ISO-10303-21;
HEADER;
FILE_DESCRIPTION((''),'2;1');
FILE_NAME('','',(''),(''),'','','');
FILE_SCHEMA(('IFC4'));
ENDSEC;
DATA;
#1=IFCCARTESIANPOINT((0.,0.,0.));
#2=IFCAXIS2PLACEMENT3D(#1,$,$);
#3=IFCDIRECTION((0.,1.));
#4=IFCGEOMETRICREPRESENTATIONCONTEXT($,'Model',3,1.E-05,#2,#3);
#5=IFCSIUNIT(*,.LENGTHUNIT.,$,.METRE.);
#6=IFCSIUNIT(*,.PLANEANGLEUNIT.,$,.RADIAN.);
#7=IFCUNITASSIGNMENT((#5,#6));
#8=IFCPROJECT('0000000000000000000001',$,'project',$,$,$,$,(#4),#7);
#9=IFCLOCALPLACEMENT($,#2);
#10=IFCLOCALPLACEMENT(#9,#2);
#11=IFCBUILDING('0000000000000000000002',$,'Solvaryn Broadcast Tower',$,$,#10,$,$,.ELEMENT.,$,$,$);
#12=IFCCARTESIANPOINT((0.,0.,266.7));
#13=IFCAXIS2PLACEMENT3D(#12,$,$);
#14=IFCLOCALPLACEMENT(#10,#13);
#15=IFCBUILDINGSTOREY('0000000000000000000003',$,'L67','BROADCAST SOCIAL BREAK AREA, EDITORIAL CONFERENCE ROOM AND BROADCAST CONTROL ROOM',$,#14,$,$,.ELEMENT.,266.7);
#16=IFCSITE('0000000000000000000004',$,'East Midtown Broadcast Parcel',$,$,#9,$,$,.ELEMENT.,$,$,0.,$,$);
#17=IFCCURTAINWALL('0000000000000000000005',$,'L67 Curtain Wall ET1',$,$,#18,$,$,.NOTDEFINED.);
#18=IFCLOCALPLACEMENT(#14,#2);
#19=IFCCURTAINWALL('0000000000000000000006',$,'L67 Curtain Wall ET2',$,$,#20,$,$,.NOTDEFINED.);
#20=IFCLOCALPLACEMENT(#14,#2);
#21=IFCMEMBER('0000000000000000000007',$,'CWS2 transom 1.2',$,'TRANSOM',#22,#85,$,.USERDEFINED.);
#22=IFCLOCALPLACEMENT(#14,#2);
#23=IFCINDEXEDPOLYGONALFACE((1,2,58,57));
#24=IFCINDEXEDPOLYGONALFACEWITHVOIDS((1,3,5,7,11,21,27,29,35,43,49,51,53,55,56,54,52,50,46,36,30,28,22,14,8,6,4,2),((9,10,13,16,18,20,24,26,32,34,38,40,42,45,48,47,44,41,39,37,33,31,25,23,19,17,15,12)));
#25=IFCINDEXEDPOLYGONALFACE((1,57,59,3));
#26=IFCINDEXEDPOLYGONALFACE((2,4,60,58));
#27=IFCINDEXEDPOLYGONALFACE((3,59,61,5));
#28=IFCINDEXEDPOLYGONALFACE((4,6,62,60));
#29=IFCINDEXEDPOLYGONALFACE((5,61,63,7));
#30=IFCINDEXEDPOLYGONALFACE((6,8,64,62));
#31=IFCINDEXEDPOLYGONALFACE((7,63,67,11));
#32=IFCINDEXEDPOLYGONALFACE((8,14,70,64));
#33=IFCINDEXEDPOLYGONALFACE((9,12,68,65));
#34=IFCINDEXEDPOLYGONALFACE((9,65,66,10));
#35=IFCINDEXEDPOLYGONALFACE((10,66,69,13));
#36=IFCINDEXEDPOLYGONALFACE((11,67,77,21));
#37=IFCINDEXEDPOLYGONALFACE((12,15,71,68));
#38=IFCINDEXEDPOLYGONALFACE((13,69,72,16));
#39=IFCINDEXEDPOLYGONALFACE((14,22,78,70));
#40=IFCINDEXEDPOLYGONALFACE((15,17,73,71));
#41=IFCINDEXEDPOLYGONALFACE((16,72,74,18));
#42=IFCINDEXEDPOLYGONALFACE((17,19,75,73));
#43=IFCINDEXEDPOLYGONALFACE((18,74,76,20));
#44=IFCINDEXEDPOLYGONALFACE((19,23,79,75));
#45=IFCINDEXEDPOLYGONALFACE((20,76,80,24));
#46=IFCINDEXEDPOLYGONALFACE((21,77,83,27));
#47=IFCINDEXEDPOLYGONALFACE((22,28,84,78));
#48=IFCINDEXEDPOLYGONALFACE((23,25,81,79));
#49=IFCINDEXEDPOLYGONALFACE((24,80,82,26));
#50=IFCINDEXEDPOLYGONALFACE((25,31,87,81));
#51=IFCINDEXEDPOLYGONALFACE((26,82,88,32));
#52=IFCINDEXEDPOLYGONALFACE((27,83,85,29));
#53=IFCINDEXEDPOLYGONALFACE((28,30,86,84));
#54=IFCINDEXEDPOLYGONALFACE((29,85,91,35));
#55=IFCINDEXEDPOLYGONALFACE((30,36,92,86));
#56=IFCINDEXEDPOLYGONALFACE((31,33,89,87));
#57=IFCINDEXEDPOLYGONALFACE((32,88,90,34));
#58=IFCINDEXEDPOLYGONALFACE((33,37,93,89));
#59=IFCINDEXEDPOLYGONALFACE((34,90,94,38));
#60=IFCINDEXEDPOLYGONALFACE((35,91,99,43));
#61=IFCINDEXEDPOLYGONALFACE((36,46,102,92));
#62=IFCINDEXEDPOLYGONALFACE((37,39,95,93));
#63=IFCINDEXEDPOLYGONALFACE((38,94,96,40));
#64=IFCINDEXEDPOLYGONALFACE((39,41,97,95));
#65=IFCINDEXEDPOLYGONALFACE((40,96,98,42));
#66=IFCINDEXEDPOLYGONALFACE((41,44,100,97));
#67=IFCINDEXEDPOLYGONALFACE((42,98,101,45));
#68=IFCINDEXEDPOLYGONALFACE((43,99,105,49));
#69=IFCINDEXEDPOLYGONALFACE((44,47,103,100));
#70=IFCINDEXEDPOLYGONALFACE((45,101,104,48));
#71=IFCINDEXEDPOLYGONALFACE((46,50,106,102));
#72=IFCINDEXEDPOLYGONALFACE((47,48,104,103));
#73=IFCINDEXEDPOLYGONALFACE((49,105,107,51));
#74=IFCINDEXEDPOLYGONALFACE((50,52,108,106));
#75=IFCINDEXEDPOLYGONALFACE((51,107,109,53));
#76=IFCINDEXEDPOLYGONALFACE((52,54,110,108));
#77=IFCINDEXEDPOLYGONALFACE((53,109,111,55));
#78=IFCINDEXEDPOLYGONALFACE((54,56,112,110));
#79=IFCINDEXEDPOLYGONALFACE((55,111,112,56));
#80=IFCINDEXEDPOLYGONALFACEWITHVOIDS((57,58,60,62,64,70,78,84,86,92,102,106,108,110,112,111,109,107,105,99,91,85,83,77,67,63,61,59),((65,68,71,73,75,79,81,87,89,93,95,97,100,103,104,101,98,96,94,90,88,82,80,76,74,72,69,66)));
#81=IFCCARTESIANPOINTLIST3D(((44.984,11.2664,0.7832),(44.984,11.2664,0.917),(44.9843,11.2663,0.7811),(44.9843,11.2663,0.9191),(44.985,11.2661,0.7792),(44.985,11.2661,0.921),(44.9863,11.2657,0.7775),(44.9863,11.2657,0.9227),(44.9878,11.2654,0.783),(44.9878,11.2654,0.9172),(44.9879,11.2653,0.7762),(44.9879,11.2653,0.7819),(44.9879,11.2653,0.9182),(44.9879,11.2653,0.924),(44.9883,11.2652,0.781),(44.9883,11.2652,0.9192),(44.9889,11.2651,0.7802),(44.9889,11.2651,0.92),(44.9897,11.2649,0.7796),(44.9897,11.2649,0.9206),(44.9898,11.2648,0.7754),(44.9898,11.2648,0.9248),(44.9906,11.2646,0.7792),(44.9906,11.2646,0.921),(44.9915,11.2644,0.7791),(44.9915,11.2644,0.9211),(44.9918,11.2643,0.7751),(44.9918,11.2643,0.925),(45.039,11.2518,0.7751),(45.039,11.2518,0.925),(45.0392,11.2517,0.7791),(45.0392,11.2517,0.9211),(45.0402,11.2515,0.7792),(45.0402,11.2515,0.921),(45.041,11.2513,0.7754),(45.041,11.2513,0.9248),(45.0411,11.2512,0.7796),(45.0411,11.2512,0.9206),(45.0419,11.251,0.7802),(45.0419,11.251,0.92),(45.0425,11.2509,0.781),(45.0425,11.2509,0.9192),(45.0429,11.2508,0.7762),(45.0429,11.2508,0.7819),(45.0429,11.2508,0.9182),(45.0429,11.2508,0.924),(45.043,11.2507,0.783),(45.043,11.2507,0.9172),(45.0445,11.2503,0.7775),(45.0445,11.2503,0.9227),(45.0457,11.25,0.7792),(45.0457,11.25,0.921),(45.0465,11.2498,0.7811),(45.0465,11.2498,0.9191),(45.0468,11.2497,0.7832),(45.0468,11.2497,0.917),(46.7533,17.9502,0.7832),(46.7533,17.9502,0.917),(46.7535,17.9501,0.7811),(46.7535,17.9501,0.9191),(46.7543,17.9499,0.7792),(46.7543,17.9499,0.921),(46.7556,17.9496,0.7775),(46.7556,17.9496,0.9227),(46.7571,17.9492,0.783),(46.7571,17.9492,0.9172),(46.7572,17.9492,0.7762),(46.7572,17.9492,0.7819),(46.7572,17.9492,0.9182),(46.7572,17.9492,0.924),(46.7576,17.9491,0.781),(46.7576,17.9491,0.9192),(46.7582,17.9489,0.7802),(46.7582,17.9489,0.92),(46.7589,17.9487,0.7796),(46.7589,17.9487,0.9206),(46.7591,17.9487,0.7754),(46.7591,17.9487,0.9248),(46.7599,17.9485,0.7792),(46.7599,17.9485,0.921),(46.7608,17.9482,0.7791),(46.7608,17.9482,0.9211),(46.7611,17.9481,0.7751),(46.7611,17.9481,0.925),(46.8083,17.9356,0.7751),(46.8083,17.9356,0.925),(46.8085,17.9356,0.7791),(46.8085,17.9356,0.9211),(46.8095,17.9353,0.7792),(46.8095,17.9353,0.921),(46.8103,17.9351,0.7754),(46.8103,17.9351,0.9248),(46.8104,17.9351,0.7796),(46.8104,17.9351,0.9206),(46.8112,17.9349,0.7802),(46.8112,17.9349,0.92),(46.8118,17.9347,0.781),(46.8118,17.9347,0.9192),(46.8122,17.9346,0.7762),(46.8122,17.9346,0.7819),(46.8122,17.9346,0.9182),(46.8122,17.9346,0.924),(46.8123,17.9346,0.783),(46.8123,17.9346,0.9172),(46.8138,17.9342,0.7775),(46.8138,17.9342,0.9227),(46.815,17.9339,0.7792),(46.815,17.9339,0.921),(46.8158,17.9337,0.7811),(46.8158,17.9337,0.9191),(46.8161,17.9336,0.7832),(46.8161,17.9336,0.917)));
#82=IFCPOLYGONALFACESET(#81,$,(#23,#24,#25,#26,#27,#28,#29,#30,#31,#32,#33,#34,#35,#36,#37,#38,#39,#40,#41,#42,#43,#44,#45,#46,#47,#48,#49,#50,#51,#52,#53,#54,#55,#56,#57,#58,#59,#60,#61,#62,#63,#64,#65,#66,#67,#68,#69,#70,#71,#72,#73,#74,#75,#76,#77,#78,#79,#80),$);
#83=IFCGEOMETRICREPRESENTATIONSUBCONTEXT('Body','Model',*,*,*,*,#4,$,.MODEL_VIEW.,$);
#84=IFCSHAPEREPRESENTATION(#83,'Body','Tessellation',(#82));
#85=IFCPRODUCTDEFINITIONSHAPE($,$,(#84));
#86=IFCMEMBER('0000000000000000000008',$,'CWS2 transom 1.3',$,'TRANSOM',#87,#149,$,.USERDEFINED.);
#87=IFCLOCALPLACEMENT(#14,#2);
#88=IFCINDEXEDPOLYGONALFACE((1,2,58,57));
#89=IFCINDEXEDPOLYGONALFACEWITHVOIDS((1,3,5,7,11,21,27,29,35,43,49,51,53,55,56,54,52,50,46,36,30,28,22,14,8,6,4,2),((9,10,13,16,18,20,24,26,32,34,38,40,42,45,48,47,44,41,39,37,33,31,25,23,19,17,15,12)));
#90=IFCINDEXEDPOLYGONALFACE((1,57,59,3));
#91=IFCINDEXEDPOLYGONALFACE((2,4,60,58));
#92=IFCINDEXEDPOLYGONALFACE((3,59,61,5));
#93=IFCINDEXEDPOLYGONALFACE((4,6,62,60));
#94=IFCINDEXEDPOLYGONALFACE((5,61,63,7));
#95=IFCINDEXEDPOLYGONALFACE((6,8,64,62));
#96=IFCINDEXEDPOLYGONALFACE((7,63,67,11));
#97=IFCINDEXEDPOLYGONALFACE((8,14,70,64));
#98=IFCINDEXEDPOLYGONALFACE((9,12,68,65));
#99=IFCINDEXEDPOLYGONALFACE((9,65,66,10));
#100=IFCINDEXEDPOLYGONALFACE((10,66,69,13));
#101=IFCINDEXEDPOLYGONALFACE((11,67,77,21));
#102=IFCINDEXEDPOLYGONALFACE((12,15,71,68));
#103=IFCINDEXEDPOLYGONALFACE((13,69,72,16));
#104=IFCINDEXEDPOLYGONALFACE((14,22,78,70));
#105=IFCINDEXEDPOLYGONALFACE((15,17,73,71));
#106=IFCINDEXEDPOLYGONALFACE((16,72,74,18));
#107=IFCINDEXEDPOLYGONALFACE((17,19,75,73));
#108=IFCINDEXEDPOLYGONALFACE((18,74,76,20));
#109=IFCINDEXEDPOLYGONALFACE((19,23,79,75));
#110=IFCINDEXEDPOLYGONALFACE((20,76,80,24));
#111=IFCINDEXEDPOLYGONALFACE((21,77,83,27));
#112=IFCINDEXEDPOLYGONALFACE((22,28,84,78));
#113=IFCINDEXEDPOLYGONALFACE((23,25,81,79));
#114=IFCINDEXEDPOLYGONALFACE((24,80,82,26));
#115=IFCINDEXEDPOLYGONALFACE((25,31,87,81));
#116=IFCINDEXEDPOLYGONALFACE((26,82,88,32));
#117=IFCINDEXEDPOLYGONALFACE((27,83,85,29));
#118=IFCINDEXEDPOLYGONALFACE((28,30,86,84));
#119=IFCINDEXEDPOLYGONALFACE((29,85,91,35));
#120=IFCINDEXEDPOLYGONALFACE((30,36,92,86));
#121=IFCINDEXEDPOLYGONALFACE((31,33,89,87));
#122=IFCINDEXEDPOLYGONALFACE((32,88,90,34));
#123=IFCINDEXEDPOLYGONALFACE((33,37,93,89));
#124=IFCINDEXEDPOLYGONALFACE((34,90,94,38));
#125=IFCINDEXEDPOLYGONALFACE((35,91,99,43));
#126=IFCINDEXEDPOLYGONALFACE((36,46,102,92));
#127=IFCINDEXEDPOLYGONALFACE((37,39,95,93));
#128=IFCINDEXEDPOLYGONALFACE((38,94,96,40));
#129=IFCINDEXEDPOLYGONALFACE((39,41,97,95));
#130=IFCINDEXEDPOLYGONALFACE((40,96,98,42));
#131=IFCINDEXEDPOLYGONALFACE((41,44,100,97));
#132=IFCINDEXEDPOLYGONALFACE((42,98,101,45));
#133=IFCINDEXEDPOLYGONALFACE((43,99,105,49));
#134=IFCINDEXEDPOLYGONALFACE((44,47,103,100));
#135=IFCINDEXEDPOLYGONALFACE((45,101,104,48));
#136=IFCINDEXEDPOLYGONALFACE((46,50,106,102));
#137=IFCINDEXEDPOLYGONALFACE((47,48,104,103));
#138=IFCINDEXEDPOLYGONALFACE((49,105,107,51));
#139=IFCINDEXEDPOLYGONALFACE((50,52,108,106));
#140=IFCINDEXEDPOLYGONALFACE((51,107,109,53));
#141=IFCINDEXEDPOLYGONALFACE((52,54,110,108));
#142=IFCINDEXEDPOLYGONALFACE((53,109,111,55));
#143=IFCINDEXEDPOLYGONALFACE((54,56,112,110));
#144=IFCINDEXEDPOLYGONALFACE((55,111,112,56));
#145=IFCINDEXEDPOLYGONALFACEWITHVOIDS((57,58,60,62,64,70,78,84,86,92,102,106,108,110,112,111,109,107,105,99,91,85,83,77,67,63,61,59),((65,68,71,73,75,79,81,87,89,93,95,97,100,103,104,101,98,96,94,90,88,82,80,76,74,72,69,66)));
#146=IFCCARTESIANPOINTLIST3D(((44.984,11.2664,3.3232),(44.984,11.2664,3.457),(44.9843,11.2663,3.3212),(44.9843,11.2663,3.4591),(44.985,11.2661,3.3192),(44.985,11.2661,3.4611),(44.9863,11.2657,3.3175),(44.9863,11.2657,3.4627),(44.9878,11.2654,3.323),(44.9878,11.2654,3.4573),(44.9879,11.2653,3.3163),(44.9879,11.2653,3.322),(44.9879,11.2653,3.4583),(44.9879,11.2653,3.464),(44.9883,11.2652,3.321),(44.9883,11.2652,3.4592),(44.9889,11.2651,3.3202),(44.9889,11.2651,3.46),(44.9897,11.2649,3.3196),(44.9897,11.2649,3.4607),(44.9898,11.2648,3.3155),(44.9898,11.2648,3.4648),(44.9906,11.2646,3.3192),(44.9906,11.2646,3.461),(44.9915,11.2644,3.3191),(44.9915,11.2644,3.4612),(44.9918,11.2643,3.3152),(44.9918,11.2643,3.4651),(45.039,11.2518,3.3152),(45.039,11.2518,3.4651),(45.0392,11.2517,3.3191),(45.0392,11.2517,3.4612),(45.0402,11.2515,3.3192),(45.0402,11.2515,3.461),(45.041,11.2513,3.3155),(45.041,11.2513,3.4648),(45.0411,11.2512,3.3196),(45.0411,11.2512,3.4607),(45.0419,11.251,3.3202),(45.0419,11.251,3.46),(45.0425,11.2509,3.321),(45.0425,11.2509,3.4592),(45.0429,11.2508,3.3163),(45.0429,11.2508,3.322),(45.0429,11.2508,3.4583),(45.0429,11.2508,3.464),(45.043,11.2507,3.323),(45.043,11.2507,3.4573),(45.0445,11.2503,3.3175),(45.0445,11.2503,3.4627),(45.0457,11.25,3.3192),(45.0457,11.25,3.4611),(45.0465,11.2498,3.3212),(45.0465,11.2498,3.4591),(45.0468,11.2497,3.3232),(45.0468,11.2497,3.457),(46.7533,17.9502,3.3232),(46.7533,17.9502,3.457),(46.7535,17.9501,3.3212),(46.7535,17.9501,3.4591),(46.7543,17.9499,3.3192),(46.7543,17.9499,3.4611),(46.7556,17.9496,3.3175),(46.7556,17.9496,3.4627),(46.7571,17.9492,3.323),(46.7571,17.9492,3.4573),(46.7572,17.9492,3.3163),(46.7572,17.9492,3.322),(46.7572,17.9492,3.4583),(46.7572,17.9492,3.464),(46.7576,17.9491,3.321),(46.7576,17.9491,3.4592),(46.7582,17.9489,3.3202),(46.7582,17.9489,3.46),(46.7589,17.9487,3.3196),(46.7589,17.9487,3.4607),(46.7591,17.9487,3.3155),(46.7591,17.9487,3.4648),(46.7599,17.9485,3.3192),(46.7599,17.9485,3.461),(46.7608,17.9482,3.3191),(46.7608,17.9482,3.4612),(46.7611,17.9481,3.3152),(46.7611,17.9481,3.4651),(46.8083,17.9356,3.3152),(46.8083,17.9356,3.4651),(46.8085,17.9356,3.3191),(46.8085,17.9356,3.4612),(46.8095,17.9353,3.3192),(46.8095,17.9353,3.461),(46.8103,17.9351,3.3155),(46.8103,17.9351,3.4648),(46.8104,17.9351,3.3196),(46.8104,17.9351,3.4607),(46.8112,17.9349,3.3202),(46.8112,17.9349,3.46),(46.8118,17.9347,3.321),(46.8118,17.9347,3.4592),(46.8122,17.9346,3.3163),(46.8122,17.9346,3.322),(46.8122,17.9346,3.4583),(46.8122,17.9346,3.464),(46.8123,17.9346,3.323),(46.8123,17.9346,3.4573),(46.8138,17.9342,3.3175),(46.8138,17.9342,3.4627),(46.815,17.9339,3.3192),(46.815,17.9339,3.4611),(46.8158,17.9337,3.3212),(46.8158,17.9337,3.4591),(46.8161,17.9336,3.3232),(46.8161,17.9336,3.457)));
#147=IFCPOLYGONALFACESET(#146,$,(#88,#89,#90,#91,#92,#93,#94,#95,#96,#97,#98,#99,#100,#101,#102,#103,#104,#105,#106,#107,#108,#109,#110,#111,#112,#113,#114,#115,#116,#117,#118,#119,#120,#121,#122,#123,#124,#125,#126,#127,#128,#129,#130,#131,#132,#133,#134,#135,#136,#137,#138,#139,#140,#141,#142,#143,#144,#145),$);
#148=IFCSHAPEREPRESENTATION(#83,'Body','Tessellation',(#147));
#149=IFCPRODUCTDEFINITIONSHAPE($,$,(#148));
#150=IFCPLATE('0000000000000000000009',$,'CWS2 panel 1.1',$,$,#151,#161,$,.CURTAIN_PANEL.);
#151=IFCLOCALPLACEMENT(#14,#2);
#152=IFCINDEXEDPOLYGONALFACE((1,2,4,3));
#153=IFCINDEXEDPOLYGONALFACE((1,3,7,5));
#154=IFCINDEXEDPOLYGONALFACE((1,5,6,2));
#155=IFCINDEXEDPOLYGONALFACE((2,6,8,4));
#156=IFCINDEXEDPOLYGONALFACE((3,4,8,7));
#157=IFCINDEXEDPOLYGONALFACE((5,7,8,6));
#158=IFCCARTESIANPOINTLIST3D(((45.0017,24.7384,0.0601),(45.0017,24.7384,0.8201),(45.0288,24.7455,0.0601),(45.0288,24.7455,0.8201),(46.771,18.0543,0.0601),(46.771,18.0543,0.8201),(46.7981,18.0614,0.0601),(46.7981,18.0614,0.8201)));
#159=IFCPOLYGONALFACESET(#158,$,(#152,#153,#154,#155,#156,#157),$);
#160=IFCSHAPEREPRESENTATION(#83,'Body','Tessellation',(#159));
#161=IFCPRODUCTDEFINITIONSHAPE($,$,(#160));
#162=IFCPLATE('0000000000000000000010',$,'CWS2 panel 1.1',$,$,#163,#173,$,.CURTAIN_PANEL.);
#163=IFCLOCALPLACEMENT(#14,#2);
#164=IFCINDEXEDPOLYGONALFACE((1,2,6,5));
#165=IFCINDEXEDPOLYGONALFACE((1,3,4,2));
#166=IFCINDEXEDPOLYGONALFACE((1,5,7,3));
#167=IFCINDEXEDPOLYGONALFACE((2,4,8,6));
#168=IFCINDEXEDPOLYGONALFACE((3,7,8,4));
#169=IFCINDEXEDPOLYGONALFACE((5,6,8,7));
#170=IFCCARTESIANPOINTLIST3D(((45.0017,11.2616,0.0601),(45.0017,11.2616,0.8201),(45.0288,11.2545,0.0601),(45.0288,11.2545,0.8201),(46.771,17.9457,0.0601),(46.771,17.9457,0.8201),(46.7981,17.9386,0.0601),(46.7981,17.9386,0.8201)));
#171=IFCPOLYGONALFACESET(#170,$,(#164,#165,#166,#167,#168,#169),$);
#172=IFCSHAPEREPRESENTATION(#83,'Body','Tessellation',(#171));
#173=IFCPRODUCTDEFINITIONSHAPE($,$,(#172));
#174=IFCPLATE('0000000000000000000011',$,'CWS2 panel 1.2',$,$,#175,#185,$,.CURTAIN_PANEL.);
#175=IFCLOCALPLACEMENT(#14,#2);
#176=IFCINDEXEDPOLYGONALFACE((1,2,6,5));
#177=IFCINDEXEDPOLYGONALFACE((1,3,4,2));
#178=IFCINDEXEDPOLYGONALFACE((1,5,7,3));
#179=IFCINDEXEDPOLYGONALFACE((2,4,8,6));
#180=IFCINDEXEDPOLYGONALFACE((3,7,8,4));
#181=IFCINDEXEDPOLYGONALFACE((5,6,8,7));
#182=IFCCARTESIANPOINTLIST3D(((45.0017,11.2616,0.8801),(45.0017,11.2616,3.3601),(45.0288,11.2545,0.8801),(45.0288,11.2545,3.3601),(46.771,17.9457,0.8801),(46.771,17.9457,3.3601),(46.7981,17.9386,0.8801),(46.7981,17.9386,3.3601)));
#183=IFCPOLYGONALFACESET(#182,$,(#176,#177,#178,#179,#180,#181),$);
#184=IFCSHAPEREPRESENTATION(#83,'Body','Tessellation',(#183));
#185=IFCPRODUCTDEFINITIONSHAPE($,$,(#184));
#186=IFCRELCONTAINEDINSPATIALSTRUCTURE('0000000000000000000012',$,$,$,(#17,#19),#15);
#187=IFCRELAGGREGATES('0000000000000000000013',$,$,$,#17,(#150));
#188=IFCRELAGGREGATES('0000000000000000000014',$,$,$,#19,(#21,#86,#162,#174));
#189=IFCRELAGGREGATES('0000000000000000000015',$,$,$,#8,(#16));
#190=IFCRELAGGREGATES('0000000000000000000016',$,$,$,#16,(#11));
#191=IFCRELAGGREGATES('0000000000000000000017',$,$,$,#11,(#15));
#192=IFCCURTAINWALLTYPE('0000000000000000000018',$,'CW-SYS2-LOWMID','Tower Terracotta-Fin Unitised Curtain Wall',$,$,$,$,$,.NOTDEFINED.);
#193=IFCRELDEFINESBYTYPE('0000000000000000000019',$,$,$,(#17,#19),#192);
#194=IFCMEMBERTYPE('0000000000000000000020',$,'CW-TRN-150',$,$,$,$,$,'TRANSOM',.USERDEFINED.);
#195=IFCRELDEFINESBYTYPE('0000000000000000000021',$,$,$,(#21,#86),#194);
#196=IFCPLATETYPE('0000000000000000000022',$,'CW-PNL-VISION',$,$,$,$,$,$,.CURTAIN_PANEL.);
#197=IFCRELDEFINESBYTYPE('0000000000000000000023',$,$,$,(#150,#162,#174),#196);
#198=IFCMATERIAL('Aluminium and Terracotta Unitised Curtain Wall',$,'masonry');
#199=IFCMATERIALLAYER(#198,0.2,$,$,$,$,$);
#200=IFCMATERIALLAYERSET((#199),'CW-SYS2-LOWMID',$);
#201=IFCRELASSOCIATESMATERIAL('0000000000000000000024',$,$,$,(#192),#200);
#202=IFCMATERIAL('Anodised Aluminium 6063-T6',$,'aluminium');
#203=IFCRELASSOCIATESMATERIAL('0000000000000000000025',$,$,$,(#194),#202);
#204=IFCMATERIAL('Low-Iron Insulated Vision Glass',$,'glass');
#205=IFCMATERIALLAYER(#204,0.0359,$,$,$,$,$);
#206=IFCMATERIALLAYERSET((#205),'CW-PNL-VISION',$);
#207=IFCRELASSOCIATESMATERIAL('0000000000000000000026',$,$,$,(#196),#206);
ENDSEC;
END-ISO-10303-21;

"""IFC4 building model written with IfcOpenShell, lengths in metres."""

from ifc_helpers import new_model, si_unit, direction, frame, origin, origin_2d, place, context, subcontext, project, spatial, rectangle, hollow_rectangle, extrude, material, layer, layer_set, material_profile, profile_set, type_object, element, aggregate, save


model = new_model("IFC4")

# Units and contexts
model_context = context("Model", 3, precision=1e-05, world=origin(), true_north=direction((0.0, 1.0)))
body_context = subcontext(model_context, "Body", "Model", "MODEL_VIEW")
ifc_project = project(units=[si_unit("LENGTHUNIT", "METRE"), si_unit("PLANEANGLEUNIT", "RADIAN")], contexts=[model_context])

# Site, building, storey
site_placement = place(None, origin())
site = spatial("IfcSite", under=ifc_project, at=site_placement, Name="East Midtown Broadcast Parcel", CompositionType="ELEMENT", RefElevation=0.0)
building_placement = place(site_placement, origin())
building = spatial("IfcBuilding", under=site, at=building_placement, Name="Solvaryn Broadcast Tower", CompositionType="ELEMENT")
storey_placement = place(building_placement, frame((0.0, 0.0, 266.7)))
storey = spatial("IfcBuildingStorey", under=building, at=storey_placement, Name="L67", Description="BROADCAST SOCIAL BREAK AREA, EDITORIAL CONFERENCE ROOM AND BROADCAST CONTROL ROOM", CompositionType="ELEMENT", Elevation=266.7)

# Curtain wall
ifc_material_1 = material(Name="Aluminium and Terracotta Unitised Curtain Wall", Category="masonry")
ifc_layer_1 = layer(ifc_material_1, 0.2)
ifc_layer_set_1 = layer_set([ifc_layer_1], Name="CW-SYS2-LOWMID")
curtain_wall_type = type_object("IfcCurtainWallType", Name="CW-SYS2-LOWMID", Description="Tower Terracotta-Fin Unitised Curtain Wall", PredefinedType="NOTDEFINED", material=ifc_layer_set_1)
curtain_wall_1_placement = place(storey_placement, origin())
curtain_wall_1 = element("IfcCurtainWall", 1, at=curtain_wall_1_placement, inside=storey, type_object=curtain_wall_type, Name="L67 Curtain Wall ET1", PredefinedType="NOTDEFINED")

# Curtain wall, members
curtain_wall_2_placement = place(storey_placement, origin())
curtain_wall_2 = element("IfcCurtainWall", 2, at=curtain_wall_2_placement, inside=storey, type_object=curtain_wall_type, Name="L67 Curtain Wall ET2", PredefinedType="NOTDEFINED")
ifc_material_2 = material(Name="Anodised Aluminium 6063-T6", Category="aluminium")
ifc_material_profile_1 = material_profile(ifc_material_2, hollow_rectangle(XDim=0.0649, YDim=0.1499, WallThickness=0.0039, InnerFilletRadius=0.0039, OuterFilletRadius=0.0081, at=origin_2d()))
ifc_profile_set_1 = profile_set([ifc_material_profile_1], Name="Anodised Aluminium 6063-T6")
member_type_1 = type_object("IfcMemberType", Name="CW-TRN-150", ElementType="TRANSOM", PredefinedType="USERDEFINED", material=ifc_profile_set_1)
member_1_placement = place(storey_placement, frame((46.7847, 17.9419, 0.8501), z_axis=(-0.255897, -0.966704, 0.0), x_axis=(0.966704, -0.255897, 0.0)))
member_1 = element("IfcMember", 3, at=member_1_placement, type_object=member_type_1, Name="CWS2 transom 1.2", ObjectType="TRANSOM", PredefinedType="USERDEFINED", context=body_context, shape_type="SweptSolid", body=[
    extrude(hollow_rectangle(XDim=0.0649, YDim=0.1499, WallThickness=0.0039, InnerFilletRadius=0.0039, OuterFilletRadius=0.0081, at=origin_2d()), origin(), (0.0, 0.0, 1.0), 6.9141),
])
member_2_placement = place(storey_placement, frame((46.7847, 17.9419, 3.3901), z_axis=(-0.255897, -0.966704, 0.0), x_axis=(0.966704, -0.255897, 0.0)))
member_2 = element("IfcMember", 4, at=member_2_placement, type_object=member_type_1, Name="CWS2 transom 1.3", ObjectType="TRANSOM", PredefinedType="USERDEFINED", context=body_context, shape_type="SweptSolid", body=[
    extrude(hollow_rectangle(XDim=0.0649, YDim=0.1499, WallThickness=0.0039, InnerFilletRadius=0.0039, OuterFilletRadius=0.0081, at=origin_2d()), origin(), (0.0, 0.0, 1.0), 6.9141),
])

# Plates
ifc_material_3 = material(Name="Low-Iron Insulated Vision Glass", Category="glass")
ifc_layer_2 = layer(ifc_material_3, 0.0359)
ifc_layer_set_2 = layer_set([ifc_layer_2], Name="CW-PNL-VISION")
plate_type = type_object("IfcPlateType", Name="CW-PNL-VISION", PredefinedType="CURTAIN_PANEL", material=ifc_layer_set_2)
plate_1_placement = place(storey_placement, frame((45.8999, 21.3999, 0.0601), z_axis=(0.0, 0.0, 1.0), x_axis=(0.255893, -0.966705, 0.0)))
plate_1 = element("IfcPlate", 5, at=plate_1_placement, type_object=plate_type, Name="CWS2 panel 1.1", PredefinedType="CURTAIN_PANEL", context=body_context, shape_type="SweptSolid", body=[
    extrude(rectangle(XDim=6.9143, YDim=0.0281, at=origin_2d()), origin(), (0.0, 0.0, 1.0), 0.76),
])
aggregate(curtain_wall_1, [plate_1])
plate_2_placement = place(storey_placement, frame((45.8999, 14.6001, 0.0601), z_axis=(0.0, 0.0, 1.0), x_axis=(-0.255893, -0.966705, 0.0)))
plate_2 = element("IfcPlate", 6, at=plate_2_placement, type_object=plate_type, Name="CWS2 panel 1.1", PredefinedType="CURTAIN_PANEL", context=body_context, shape_type="SweptSolid", body=[
    extrude(rectangle(XDim=6.9143, YDim=0.0281, at=origin_2d()), origin(), (0.0, 0.0, 1.0), 0.76),
])
plate_3_placement = place(storey_placement, frame((45.8999, 14.6001, 0.8801), z_axis=(0.0, 0.0, 1.0), x_axis=(-0.255893, -0.966705, 0.0)))
plate_3 = element("IfcPlate", 7, at=plate_3_placement, type_object=plate_type, Name="CWS2 panel 1.2", PredefinedType="CURTAIN_PANEL", context=body_context, shape_type="SweptSolid", body=[
    extrude(rectangle(XDim=6.9143, YDim=0.0281, at=origin_2d()), origin(), (0.0, 0.0, 1.0), 2.48),
])
aggregate(curtain_wall_2, [member_1, member_2, plate_2, plate_3])

save(model, "model.ifc")
